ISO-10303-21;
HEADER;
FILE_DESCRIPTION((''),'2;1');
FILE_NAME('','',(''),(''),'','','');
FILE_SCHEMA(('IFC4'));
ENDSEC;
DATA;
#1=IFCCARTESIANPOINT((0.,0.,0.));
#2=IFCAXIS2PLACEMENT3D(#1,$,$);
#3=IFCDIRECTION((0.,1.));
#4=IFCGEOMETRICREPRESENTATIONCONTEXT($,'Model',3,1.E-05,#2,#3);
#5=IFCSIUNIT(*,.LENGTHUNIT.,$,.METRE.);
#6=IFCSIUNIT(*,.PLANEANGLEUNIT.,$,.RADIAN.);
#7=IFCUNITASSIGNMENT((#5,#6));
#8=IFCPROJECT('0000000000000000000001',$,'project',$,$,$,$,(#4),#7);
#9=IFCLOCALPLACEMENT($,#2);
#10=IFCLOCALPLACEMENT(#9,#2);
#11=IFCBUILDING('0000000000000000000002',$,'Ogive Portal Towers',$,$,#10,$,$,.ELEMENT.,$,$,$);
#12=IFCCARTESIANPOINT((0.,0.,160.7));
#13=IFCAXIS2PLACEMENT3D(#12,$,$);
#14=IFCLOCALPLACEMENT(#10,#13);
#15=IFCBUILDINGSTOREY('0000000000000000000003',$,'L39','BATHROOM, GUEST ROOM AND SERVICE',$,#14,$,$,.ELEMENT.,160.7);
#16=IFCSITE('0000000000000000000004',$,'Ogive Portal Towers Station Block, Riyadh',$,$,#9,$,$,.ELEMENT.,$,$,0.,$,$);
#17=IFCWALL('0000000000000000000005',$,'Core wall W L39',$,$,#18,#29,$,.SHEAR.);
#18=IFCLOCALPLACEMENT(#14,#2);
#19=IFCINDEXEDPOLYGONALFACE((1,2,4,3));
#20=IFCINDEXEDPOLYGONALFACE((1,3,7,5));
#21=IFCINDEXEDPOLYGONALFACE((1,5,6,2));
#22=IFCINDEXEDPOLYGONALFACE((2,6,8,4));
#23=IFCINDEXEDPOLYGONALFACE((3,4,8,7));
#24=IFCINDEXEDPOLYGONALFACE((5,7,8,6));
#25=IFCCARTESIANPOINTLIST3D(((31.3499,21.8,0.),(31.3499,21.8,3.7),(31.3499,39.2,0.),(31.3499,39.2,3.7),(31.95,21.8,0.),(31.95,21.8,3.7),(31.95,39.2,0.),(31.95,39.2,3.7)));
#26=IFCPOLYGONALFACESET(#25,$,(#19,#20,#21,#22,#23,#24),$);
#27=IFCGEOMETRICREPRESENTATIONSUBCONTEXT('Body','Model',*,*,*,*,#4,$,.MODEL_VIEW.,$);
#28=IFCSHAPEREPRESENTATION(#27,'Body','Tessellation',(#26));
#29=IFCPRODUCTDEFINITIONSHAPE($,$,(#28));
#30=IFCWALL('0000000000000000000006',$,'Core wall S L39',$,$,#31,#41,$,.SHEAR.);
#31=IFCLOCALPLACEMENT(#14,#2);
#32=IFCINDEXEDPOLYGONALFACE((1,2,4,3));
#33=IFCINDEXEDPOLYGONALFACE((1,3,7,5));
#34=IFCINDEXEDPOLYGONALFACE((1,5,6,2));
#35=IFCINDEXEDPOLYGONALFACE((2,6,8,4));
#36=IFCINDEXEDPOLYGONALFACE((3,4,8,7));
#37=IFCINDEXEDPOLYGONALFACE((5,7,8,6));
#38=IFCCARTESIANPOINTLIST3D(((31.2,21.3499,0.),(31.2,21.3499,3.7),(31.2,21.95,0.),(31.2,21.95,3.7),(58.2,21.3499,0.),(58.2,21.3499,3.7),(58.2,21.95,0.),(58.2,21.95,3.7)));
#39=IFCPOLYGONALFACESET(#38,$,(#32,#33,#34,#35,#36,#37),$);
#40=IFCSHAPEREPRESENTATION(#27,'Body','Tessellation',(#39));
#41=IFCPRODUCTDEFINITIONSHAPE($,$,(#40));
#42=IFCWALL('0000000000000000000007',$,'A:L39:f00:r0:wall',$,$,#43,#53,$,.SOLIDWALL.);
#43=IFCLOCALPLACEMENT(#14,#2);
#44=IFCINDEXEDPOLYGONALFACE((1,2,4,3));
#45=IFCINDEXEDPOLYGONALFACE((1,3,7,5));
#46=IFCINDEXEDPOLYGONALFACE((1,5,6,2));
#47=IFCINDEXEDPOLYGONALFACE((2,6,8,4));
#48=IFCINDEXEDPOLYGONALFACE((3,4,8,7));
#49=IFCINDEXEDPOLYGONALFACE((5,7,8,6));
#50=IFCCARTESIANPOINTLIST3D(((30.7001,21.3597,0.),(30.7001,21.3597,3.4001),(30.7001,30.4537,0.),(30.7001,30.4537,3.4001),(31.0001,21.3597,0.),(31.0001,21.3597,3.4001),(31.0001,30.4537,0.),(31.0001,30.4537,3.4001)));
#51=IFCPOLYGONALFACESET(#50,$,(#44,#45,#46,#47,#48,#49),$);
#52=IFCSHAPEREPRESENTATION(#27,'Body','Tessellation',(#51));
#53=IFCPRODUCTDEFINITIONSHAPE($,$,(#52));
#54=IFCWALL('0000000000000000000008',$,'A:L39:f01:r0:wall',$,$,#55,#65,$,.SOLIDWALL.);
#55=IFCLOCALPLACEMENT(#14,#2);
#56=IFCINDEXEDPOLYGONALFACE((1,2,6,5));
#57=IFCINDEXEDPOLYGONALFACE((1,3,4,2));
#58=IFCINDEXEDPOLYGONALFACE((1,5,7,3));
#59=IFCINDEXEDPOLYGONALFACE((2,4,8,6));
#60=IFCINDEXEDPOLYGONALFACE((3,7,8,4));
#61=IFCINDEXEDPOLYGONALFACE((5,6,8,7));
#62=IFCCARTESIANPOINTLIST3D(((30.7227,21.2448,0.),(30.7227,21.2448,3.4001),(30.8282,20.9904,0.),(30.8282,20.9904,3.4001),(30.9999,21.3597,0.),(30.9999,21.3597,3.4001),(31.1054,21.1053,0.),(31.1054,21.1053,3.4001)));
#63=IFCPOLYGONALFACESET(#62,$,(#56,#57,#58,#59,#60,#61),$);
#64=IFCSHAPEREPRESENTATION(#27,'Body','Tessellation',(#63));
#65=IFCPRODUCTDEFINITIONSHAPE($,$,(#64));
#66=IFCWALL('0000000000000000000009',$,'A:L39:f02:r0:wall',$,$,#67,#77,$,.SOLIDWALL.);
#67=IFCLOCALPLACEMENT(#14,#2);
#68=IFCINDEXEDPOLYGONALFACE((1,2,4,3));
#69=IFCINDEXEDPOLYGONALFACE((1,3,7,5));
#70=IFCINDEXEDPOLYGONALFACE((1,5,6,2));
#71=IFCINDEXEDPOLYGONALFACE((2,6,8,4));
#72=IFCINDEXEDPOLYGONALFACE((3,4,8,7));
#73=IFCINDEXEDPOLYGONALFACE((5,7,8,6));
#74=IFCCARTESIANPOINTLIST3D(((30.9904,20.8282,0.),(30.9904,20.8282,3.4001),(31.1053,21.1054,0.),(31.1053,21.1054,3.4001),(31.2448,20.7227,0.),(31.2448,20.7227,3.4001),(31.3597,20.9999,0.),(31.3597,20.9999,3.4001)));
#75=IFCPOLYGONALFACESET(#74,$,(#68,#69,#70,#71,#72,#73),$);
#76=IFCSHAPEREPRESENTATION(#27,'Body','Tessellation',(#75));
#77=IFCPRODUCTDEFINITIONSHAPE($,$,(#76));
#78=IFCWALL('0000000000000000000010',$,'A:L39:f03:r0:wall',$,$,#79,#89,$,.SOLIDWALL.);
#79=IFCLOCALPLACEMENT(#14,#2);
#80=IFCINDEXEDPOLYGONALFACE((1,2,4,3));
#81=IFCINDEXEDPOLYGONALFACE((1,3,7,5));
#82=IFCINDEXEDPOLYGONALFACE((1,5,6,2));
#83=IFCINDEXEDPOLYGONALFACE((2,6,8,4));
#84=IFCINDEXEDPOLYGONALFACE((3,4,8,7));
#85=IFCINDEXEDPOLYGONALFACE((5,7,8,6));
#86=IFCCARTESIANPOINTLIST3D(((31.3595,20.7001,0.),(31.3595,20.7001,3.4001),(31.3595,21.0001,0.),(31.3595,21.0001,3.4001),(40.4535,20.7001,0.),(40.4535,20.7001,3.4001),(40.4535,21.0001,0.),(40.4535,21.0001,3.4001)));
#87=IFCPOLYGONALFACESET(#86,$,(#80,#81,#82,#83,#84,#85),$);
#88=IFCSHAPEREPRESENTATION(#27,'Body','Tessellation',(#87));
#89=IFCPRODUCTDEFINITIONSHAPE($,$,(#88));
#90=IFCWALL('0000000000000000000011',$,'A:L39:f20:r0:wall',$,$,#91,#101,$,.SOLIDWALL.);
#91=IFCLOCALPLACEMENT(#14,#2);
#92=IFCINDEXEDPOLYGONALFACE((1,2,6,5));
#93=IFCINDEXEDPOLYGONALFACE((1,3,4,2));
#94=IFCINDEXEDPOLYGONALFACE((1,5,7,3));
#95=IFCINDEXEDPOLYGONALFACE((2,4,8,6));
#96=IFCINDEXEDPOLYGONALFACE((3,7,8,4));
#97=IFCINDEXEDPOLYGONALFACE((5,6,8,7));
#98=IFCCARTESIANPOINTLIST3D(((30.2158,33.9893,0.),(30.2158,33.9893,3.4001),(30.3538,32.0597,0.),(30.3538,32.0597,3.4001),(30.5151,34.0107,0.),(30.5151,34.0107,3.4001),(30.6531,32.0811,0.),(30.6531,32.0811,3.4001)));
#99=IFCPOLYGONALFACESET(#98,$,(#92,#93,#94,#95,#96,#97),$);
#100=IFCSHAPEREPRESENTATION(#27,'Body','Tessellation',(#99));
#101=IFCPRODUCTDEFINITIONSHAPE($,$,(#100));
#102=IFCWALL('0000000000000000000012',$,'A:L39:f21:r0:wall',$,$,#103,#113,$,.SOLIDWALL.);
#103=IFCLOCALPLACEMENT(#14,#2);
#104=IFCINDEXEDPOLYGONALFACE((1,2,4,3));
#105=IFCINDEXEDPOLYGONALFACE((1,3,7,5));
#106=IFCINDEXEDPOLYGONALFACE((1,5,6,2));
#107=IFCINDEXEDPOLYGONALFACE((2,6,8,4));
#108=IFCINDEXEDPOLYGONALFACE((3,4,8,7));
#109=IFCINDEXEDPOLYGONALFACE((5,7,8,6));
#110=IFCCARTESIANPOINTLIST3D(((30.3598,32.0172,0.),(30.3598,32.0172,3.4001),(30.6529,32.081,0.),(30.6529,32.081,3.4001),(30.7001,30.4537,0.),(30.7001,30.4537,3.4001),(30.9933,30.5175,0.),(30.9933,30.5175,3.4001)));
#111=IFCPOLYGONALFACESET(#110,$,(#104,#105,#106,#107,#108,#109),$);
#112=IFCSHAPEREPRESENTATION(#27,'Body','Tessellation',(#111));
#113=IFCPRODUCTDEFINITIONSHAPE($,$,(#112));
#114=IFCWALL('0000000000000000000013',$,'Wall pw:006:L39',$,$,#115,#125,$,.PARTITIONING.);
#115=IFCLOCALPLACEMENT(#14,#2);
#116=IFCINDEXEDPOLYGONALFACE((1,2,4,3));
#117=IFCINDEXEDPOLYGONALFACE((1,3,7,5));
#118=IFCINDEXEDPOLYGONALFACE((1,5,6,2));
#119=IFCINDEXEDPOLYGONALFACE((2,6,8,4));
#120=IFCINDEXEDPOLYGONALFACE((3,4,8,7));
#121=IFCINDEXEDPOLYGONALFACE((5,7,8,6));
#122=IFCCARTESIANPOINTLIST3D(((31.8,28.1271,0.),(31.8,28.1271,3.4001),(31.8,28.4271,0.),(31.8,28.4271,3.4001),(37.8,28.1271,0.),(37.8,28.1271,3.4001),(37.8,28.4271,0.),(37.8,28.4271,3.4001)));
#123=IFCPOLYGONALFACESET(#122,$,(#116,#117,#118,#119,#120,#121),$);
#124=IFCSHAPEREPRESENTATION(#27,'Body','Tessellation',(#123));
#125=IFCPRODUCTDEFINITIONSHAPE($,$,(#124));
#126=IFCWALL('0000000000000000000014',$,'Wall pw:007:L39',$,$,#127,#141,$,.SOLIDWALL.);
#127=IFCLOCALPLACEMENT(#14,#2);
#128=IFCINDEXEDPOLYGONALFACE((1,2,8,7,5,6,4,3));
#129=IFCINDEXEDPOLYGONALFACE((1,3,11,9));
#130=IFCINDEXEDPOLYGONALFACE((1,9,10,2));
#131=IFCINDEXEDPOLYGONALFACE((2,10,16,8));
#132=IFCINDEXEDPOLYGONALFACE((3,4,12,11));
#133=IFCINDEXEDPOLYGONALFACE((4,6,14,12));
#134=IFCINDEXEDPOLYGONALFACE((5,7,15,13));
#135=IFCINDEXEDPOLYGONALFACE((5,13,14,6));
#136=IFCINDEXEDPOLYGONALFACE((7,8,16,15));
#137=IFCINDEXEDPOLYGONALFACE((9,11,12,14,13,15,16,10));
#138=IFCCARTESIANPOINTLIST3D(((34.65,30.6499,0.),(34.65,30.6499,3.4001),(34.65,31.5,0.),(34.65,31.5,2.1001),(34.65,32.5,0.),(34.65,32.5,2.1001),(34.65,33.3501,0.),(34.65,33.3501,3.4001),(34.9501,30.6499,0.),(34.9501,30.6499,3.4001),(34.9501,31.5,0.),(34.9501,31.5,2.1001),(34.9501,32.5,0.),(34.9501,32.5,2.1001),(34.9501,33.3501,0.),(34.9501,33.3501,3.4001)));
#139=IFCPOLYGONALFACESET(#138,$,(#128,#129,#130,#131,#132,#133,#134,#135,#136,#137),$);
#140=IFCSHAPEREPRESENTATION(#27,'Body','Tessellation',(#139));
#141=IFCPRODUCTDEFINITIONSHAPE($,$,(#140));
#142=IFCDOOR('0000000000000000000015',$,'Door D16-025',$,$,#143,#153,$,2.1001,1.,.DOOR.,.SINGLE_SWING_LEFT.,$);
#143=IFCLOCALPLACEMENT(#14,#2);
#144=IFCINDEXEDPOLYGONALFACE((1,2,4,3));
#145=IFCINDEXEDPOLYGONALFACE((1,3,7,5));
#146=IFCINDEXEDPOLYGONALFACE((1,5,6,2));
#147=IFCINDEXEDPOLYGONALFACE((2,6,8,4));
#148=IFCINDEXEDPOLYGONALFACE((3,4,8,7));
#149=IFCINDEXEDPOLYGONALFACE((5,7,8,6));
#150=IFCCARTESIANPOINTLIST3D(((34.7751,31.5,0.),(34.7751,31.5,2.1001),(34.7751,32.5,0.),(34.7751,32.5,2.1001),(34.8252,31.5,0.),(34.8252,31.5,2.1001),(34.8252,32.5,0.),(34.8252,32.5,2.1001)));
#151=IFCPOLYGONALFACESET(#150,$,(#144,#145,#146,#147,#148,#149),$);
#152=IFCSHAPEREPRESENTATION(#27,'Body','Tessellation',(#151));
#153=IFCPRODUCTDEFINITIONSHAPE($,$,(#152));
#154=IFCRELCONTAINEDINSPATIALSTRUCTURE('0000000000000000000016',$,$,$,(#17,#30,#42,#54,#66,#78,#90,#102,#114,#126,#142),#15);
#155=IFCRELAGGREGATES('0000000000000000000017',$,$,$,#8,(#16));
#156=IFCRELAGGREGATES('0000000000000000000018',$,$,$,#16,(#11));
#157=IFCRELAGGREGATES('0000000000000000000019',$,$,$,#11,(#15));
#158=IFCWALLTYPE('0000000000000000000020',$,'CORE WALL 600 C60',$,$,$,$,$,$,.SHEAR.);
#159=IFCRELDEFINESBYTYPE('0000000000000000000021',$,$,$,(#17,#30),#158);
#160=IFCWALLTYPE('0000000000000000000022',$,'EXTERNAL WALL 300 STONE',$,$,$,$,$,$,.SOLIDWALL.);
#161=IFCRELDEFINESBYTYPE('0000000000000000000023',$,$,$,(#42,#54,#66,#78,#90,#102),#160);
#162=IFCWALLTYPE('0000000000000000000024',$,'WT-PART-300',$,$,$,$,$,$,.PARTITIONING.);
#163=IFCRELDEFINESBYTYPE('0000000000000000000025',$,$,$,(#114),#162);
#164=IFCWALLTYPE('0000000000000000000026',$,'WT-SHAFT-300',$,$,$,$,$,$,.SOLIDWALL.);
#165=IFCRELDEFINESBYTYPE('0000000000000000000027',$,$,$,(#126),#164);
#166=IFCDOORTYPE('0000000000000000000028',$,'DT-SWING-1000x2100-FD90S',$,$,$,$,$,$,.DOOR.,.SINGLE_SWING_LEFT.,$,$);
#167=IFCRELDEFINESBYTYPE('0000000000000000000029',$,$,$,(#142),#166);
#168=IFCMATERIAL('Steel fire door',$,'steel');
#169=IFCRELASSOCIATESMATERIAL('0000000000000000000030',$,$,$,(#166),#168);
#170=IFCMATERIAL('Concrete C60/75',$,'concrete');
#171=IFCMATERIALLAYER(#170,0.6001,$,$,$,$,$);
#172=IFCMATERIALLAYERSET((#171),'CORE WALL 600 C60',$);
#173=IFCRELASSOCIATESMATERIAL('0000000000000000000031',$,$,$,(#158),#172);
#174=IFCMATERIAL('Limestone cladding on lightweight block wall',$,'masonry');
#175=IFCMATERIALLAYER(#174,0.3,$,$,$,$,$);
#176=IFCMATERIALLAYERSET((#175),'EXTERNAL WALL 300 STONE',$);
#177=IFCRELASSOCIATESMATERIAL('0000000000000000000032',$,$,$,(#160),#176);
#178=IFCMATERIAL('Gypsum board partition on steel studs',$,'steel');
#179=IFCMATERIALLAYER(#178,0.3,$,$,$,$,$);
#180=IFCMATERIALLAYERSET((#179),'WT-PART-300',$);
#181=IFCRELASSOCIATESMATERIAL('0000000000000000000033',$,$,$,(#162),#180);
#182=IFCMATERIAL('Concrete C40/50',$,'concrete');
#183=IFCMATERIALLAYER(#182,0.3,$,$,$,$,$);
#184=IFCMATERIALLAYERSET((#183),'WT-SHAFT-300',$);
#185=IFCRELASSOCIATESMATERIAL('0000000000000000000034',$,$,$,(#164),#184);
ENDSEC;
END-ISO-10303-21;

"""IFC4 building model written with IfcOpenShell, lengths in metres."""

from ifc_helpers import new_model, si_unit, direction, frame, frame_2d, origin, place, context, subcontext, project, spatial, rectangle, extrude, material, layer, layer_set, type_object, element, fill, save


model = new_model("IFC4")

# Units and contexts
model_context = context("Model", 3, precision=1e-05, world=origin(), true_north=direction((0.0, 1.0)))
body_context = subcontext(model_context, "Body", "Model", "MODEL_VIEW")
ifc_project = project(units=[si_unit("LENGTHUNIT", "METRE"), si_unit("PLANEANGLEUNIT", "RADIAN")], contexts=[model_context])

# Site, building, storey
site_placement = place(None, origin())
site = spatial("IfcSite", under=ifc_project, at=site_placement, Name="Ogive Portal Towers Station Block, Riyadh", CompositionType="ELEMENT", RefElevation=0.0)
building_placement = place(site_placement, origin())
building = spatial("IfcBuilding", under=site, at=building_placement, Name="Ogive Portal Towers", CompositionType="ELEMENT")
storey_placement = place(building_placement, frame((0.0, 0.0, 160.7)))
storey = spatial("IfcBuildingStorey", under=building, at=storey_placement, Name="L39", Description="BATHROOM, GUEST ROOM AND SERVICE", CompositionType="ELEMENT", Elevation=160.7)

# Shared definitions
ifc_material_1 = material(Name="Concrete C40/50", Category="concrete")

# Shared definitions
ifc_material_2 = material(Name="Concrete C60/75", Category="concrete")
ifc_material_3 = material(Name="Steel fire door", Category="steel")
door_type_1 = type_object("IfcDoorType", Name="DT-SWING-1000x2100-FD90S", OperationType="SINGLE_SWING_LEFT", PredefinedType="DOOR", material=ifc_material_3)

# Walls
ifc_layer_1 = layer(ifc_material_2, 0.6001)
ifc_layer_set_1 = layer_set([ifc_layer_1], Name="CORE WALL 600 C60")
wall_type_1 = type_object("IfcWallType", Name="CORE WALL 600 C60", PredefinedType="SHEAR", material=ifc_layer_set_1)
wall_1_placement = place(storey_placement, frame((31.6499, 21.8, 0.0), z_axis=(0.0, 0.0, 1.0), x_axis=(0.0, 1.0, 0.0)))
element("IfcWall", 1, at=wall_1_placement, inside=storey, type_object=wall_type_1, Name="Core wall W L39", PredefinedType="SHEAR", context=body_context, shape_type="SweptSolid", body=[
    extrude(rectangle(XDim=17.3999, YDim=0.6001, at=frame_2d((8.7, 0.0))), origin(), (0.0, 0.0, 1.0), 3.7),
])
wall_2_placement = place(storey_placement, frame((31.2, 21.6499, 0.0), z_axis=(0.0, 0.0, 1.0), x_axis=(1.0, 0.0, 0.0)))
element("IfcWall", 2, at=wall_2_placement, inside=storey, type_object=wall_type_1, Name="Core wall S L39", PredefinedType="SHEAR", context=body_context, shape_type="SweptSolid", body=[
    extrude(rectangle(XDim=27.0, YDim=0.6001, at=frame_2d((13.5, 0.0))), origin(), (0.0, 0.0, 1.0), 3.7),
])
ifc_material_4 = material(Name="Limestone cladding on lightweight block wall", Category="masonry")
ifc_layer_2 = layer(ifc_material_4, 0.3)
ifc_layer_set_2 = layer_set([ifc_layer_2], Name="EXTERNAL WALL 300 STONE")
wall_type_2 = type_object("IfcWallType", Name="EXTERNAL WALL 300 STONE", PredefinedType="SOLIDWALL", material=ifc_layer_set_2)
wall_3_placement = place(storey_placement, frame((30.8501, 30.4536, 0.0), z_axis=(0.0, 0.0, 1.0), x_axis=(0.0, -1.0, 0.0)))
element("IfcWall", 3, at=wall_3_placement, inside=storey, type_object=wall_type_2, Name="A:L39:f00:r0:wall", PredefinedType="SOLIDWALL", context=body_context, shape_type="SweptSolid", body=[
    extrude(rectangle(XDim=9.094, YDim=0.3, at=frame_2d((4.5469, 0.0))), origin(), (0.0, 0.0, 1.0), 3.4001),
])
for number, where, z_axis, x_axis, name in (
    (4, (30.8613, 21.3022, 0.0), (0.0, 0.0, 1.0), (0.382978, -0.923757, 0.0), "A:L39:f01:r0:wall"),
    (5, (31.0479, 20.9668, 0.0), (0.0, 0.0, 1.0), (0.923757, -0.382978, 0.0), "A:L39:f02:r0:wall"),
):
    element("IfcWall", number, at=place(storey_placement, frame(where, z_axis=z_axis, x_axis=x_axis)), inside=storey, type_object=wall_type_2, Name=name, PredefinedType="SOLIDWALL", context=body_context, shape_type="SweptSolid", body=[
        extrude(rectangle(XDim=0.2754, YDim=0.3, at=frame_2d((0.1377, 0.0))), origin(), (0.0, 0.0, 1.0), 3.4001),
    ])
wall_4_placement = place(storey_placement, frame((31.3596, 20.8501, 0.0), z_axis=(0.0, 0.0, 1.0), x_axis=(1.0, 0.0, 0.0)))
element("IfcWall", 6, at=wall_4_placement, inside=storey, type_object=wall_type_2, Name="A:L39:f03:r0:wall", PredefinedType="SOLIDWALL", context=body_context, shape_type="SweptSolid", body=[
    extrude(rectangle(XDim=9.094, YDim=0.3, at=frame_2d((4.5469, 0.0))), origin(), (0.0, 0.0, 1.0), 3.4001),
])
wall_5_placement = place(storey_placement, frame((30.3655, 34.0, 0.0), z_axis=(0.0, 0.0, 1.0), x_axis=(0.071301, -0.997455, 0.0)))
element("IfcWall", 7, at=wall_5_placement, inside=storey, type_object=wall_type_2, Name="A:L39:f20:r0:wall", PredefinedType="SOLIDWALL", context=body_context, shape_type="SweptSolid", body=[
    extrude(rectangle(XDim=1.9346, YDim=0.3, at=frame_2d((0.9673, 0.0))), origin(), (0.0, 0.0, 1.0), 3.4001),
])
wall_6_placement = place(storey_placement, frame((30.5063, 32.0491, 0.0), z_axis=(0.0, 0.0, 1.0), x_axis=(0.212696, -0.977118, 0.0)))
element("IfcWall", 8, at=wall_6_placement, inside=storey, type_object=wall_type_2, Name="A:L39:f21:r0:wall", PredefinedType="SOLIDWALL", context=body_context, shape_type="SweptSolid", body=[
    extrude(rectangle(XDim=1.6001, YDim=0.3, at=frame_2d((0.8, 0.0))), origin(), (0.0, 0.0, 1.0), 3.4001),
])
ifc_material_5 = material(Name="Gypsum board partition on steel studs", Category="steel")
ifc_layer_3 = layer(ifc_material_5, 0.3)
ifc_layer_set_3 = layer_set([ifc_layer_3], Name="WT-PART-300")
wall_type_3 = type_object("IfcWallType", Name="WT-PART-300", PredefinedType="PARTITIONING", material=ifc_layer_set_3)
wall_7_placement = place(storey_placement, frame((31.8, 28.2771, 0.0), z_axis=(0.0, 0.0, 1.0), x_axis=(1.0, 0.0, 0.0)))
element("IfcWall", 9, at=wall_7_placement, inside=storey, type_object=wall_type_3, Name="Wall pw:006:L39", PredefinedType="PARTITIONING", context=body_context, shape_type="SweptSolid", body=[
    extrude(rectangle(XDim=6.0, YDim=0.3, at=frame_2d((3.0, 0.0))), origin(), (0.0, 0.0, 1.0), 3.4001),
])

# Wall, opening, door
ifc_layer_4 = layer(ifc_material_1, 0.3)
ifc_layer_set_4 = layer_set([ifc_layer_4], Name="WT-SHAFT-300")
wall_type_4 = type_object("IfcWallType", Name="WT-SHAFT-300", PredefinedType="SOLIDWALL", material=ifc_layer_set_4)
wall_8_placement = place(storey_placement, frame((34.8, 30.6499, 0.0), z_axis=(0.0, 0.0, 1.0), x_axis=(0.0, 1.0, 0.0)))
wall_8 = element("IfcWall", 10, at=wall_8_placement, inside=storey, type_object=wall_type_4, Name="Wall pw:007:L39", PredefinedType="SOLIDWALL", context=body_context, shape_type="SweptSolid", body=[
    extrude(rectangle(XDim=2.7002, YDim=0.3, at=frame_2d((1.3501, 0.0))), origin(), (0.0, 0.0, 1.0), 3.4001),
])
opening_1_placement = place(wall_8_placement, frame((0.8501, 0.0, 0.0)))
opening_1 = element("IfcOpeningElement", 11, at=opening_1_placement, cuts=wall_8, PredefinedType="OPENING", context=body_context, shape_type="SweptSolid", body=[
    extrude(rectangle(XDim=1.0, YDim=2.1001, at=frame_2d((0.5, 1.05))), frame((0.0, 0.1602, 0.0), z_axis=(0.0, -1.0, 0.0), x_axis=(1.0, 0.0, 0.0)), (0.0, 0.0, 1.0), 0.3201),
])
door_1_placement = place(opening_1_placement, origin())
door_1 = element("IfcDoor", 12, at=door_1_placement, inside=storey, type_object=door_type_1, Name="Door D16-025", OperationType="SINGLE_SWING_LEFT", OverallHeight=2.1001, OverallWidth=1.0, PredefinedType="DOOR", context=body_context, shape_type="SweptSolid", body=[
    extrude(rectangle(XDim=1.0, YDim=2.1001, at=frame_2d((0.5, 1.05))), frame((0.0, 0.0249, 0.0), z_axis=(0.0, -1.0, 0.0), x_axis=(1.0, 0.0, 0.0)), (0.0, 0.0, 1.0), 0.05),
])
fill(opening_1, door_1)

save(model, "model.ifc")
